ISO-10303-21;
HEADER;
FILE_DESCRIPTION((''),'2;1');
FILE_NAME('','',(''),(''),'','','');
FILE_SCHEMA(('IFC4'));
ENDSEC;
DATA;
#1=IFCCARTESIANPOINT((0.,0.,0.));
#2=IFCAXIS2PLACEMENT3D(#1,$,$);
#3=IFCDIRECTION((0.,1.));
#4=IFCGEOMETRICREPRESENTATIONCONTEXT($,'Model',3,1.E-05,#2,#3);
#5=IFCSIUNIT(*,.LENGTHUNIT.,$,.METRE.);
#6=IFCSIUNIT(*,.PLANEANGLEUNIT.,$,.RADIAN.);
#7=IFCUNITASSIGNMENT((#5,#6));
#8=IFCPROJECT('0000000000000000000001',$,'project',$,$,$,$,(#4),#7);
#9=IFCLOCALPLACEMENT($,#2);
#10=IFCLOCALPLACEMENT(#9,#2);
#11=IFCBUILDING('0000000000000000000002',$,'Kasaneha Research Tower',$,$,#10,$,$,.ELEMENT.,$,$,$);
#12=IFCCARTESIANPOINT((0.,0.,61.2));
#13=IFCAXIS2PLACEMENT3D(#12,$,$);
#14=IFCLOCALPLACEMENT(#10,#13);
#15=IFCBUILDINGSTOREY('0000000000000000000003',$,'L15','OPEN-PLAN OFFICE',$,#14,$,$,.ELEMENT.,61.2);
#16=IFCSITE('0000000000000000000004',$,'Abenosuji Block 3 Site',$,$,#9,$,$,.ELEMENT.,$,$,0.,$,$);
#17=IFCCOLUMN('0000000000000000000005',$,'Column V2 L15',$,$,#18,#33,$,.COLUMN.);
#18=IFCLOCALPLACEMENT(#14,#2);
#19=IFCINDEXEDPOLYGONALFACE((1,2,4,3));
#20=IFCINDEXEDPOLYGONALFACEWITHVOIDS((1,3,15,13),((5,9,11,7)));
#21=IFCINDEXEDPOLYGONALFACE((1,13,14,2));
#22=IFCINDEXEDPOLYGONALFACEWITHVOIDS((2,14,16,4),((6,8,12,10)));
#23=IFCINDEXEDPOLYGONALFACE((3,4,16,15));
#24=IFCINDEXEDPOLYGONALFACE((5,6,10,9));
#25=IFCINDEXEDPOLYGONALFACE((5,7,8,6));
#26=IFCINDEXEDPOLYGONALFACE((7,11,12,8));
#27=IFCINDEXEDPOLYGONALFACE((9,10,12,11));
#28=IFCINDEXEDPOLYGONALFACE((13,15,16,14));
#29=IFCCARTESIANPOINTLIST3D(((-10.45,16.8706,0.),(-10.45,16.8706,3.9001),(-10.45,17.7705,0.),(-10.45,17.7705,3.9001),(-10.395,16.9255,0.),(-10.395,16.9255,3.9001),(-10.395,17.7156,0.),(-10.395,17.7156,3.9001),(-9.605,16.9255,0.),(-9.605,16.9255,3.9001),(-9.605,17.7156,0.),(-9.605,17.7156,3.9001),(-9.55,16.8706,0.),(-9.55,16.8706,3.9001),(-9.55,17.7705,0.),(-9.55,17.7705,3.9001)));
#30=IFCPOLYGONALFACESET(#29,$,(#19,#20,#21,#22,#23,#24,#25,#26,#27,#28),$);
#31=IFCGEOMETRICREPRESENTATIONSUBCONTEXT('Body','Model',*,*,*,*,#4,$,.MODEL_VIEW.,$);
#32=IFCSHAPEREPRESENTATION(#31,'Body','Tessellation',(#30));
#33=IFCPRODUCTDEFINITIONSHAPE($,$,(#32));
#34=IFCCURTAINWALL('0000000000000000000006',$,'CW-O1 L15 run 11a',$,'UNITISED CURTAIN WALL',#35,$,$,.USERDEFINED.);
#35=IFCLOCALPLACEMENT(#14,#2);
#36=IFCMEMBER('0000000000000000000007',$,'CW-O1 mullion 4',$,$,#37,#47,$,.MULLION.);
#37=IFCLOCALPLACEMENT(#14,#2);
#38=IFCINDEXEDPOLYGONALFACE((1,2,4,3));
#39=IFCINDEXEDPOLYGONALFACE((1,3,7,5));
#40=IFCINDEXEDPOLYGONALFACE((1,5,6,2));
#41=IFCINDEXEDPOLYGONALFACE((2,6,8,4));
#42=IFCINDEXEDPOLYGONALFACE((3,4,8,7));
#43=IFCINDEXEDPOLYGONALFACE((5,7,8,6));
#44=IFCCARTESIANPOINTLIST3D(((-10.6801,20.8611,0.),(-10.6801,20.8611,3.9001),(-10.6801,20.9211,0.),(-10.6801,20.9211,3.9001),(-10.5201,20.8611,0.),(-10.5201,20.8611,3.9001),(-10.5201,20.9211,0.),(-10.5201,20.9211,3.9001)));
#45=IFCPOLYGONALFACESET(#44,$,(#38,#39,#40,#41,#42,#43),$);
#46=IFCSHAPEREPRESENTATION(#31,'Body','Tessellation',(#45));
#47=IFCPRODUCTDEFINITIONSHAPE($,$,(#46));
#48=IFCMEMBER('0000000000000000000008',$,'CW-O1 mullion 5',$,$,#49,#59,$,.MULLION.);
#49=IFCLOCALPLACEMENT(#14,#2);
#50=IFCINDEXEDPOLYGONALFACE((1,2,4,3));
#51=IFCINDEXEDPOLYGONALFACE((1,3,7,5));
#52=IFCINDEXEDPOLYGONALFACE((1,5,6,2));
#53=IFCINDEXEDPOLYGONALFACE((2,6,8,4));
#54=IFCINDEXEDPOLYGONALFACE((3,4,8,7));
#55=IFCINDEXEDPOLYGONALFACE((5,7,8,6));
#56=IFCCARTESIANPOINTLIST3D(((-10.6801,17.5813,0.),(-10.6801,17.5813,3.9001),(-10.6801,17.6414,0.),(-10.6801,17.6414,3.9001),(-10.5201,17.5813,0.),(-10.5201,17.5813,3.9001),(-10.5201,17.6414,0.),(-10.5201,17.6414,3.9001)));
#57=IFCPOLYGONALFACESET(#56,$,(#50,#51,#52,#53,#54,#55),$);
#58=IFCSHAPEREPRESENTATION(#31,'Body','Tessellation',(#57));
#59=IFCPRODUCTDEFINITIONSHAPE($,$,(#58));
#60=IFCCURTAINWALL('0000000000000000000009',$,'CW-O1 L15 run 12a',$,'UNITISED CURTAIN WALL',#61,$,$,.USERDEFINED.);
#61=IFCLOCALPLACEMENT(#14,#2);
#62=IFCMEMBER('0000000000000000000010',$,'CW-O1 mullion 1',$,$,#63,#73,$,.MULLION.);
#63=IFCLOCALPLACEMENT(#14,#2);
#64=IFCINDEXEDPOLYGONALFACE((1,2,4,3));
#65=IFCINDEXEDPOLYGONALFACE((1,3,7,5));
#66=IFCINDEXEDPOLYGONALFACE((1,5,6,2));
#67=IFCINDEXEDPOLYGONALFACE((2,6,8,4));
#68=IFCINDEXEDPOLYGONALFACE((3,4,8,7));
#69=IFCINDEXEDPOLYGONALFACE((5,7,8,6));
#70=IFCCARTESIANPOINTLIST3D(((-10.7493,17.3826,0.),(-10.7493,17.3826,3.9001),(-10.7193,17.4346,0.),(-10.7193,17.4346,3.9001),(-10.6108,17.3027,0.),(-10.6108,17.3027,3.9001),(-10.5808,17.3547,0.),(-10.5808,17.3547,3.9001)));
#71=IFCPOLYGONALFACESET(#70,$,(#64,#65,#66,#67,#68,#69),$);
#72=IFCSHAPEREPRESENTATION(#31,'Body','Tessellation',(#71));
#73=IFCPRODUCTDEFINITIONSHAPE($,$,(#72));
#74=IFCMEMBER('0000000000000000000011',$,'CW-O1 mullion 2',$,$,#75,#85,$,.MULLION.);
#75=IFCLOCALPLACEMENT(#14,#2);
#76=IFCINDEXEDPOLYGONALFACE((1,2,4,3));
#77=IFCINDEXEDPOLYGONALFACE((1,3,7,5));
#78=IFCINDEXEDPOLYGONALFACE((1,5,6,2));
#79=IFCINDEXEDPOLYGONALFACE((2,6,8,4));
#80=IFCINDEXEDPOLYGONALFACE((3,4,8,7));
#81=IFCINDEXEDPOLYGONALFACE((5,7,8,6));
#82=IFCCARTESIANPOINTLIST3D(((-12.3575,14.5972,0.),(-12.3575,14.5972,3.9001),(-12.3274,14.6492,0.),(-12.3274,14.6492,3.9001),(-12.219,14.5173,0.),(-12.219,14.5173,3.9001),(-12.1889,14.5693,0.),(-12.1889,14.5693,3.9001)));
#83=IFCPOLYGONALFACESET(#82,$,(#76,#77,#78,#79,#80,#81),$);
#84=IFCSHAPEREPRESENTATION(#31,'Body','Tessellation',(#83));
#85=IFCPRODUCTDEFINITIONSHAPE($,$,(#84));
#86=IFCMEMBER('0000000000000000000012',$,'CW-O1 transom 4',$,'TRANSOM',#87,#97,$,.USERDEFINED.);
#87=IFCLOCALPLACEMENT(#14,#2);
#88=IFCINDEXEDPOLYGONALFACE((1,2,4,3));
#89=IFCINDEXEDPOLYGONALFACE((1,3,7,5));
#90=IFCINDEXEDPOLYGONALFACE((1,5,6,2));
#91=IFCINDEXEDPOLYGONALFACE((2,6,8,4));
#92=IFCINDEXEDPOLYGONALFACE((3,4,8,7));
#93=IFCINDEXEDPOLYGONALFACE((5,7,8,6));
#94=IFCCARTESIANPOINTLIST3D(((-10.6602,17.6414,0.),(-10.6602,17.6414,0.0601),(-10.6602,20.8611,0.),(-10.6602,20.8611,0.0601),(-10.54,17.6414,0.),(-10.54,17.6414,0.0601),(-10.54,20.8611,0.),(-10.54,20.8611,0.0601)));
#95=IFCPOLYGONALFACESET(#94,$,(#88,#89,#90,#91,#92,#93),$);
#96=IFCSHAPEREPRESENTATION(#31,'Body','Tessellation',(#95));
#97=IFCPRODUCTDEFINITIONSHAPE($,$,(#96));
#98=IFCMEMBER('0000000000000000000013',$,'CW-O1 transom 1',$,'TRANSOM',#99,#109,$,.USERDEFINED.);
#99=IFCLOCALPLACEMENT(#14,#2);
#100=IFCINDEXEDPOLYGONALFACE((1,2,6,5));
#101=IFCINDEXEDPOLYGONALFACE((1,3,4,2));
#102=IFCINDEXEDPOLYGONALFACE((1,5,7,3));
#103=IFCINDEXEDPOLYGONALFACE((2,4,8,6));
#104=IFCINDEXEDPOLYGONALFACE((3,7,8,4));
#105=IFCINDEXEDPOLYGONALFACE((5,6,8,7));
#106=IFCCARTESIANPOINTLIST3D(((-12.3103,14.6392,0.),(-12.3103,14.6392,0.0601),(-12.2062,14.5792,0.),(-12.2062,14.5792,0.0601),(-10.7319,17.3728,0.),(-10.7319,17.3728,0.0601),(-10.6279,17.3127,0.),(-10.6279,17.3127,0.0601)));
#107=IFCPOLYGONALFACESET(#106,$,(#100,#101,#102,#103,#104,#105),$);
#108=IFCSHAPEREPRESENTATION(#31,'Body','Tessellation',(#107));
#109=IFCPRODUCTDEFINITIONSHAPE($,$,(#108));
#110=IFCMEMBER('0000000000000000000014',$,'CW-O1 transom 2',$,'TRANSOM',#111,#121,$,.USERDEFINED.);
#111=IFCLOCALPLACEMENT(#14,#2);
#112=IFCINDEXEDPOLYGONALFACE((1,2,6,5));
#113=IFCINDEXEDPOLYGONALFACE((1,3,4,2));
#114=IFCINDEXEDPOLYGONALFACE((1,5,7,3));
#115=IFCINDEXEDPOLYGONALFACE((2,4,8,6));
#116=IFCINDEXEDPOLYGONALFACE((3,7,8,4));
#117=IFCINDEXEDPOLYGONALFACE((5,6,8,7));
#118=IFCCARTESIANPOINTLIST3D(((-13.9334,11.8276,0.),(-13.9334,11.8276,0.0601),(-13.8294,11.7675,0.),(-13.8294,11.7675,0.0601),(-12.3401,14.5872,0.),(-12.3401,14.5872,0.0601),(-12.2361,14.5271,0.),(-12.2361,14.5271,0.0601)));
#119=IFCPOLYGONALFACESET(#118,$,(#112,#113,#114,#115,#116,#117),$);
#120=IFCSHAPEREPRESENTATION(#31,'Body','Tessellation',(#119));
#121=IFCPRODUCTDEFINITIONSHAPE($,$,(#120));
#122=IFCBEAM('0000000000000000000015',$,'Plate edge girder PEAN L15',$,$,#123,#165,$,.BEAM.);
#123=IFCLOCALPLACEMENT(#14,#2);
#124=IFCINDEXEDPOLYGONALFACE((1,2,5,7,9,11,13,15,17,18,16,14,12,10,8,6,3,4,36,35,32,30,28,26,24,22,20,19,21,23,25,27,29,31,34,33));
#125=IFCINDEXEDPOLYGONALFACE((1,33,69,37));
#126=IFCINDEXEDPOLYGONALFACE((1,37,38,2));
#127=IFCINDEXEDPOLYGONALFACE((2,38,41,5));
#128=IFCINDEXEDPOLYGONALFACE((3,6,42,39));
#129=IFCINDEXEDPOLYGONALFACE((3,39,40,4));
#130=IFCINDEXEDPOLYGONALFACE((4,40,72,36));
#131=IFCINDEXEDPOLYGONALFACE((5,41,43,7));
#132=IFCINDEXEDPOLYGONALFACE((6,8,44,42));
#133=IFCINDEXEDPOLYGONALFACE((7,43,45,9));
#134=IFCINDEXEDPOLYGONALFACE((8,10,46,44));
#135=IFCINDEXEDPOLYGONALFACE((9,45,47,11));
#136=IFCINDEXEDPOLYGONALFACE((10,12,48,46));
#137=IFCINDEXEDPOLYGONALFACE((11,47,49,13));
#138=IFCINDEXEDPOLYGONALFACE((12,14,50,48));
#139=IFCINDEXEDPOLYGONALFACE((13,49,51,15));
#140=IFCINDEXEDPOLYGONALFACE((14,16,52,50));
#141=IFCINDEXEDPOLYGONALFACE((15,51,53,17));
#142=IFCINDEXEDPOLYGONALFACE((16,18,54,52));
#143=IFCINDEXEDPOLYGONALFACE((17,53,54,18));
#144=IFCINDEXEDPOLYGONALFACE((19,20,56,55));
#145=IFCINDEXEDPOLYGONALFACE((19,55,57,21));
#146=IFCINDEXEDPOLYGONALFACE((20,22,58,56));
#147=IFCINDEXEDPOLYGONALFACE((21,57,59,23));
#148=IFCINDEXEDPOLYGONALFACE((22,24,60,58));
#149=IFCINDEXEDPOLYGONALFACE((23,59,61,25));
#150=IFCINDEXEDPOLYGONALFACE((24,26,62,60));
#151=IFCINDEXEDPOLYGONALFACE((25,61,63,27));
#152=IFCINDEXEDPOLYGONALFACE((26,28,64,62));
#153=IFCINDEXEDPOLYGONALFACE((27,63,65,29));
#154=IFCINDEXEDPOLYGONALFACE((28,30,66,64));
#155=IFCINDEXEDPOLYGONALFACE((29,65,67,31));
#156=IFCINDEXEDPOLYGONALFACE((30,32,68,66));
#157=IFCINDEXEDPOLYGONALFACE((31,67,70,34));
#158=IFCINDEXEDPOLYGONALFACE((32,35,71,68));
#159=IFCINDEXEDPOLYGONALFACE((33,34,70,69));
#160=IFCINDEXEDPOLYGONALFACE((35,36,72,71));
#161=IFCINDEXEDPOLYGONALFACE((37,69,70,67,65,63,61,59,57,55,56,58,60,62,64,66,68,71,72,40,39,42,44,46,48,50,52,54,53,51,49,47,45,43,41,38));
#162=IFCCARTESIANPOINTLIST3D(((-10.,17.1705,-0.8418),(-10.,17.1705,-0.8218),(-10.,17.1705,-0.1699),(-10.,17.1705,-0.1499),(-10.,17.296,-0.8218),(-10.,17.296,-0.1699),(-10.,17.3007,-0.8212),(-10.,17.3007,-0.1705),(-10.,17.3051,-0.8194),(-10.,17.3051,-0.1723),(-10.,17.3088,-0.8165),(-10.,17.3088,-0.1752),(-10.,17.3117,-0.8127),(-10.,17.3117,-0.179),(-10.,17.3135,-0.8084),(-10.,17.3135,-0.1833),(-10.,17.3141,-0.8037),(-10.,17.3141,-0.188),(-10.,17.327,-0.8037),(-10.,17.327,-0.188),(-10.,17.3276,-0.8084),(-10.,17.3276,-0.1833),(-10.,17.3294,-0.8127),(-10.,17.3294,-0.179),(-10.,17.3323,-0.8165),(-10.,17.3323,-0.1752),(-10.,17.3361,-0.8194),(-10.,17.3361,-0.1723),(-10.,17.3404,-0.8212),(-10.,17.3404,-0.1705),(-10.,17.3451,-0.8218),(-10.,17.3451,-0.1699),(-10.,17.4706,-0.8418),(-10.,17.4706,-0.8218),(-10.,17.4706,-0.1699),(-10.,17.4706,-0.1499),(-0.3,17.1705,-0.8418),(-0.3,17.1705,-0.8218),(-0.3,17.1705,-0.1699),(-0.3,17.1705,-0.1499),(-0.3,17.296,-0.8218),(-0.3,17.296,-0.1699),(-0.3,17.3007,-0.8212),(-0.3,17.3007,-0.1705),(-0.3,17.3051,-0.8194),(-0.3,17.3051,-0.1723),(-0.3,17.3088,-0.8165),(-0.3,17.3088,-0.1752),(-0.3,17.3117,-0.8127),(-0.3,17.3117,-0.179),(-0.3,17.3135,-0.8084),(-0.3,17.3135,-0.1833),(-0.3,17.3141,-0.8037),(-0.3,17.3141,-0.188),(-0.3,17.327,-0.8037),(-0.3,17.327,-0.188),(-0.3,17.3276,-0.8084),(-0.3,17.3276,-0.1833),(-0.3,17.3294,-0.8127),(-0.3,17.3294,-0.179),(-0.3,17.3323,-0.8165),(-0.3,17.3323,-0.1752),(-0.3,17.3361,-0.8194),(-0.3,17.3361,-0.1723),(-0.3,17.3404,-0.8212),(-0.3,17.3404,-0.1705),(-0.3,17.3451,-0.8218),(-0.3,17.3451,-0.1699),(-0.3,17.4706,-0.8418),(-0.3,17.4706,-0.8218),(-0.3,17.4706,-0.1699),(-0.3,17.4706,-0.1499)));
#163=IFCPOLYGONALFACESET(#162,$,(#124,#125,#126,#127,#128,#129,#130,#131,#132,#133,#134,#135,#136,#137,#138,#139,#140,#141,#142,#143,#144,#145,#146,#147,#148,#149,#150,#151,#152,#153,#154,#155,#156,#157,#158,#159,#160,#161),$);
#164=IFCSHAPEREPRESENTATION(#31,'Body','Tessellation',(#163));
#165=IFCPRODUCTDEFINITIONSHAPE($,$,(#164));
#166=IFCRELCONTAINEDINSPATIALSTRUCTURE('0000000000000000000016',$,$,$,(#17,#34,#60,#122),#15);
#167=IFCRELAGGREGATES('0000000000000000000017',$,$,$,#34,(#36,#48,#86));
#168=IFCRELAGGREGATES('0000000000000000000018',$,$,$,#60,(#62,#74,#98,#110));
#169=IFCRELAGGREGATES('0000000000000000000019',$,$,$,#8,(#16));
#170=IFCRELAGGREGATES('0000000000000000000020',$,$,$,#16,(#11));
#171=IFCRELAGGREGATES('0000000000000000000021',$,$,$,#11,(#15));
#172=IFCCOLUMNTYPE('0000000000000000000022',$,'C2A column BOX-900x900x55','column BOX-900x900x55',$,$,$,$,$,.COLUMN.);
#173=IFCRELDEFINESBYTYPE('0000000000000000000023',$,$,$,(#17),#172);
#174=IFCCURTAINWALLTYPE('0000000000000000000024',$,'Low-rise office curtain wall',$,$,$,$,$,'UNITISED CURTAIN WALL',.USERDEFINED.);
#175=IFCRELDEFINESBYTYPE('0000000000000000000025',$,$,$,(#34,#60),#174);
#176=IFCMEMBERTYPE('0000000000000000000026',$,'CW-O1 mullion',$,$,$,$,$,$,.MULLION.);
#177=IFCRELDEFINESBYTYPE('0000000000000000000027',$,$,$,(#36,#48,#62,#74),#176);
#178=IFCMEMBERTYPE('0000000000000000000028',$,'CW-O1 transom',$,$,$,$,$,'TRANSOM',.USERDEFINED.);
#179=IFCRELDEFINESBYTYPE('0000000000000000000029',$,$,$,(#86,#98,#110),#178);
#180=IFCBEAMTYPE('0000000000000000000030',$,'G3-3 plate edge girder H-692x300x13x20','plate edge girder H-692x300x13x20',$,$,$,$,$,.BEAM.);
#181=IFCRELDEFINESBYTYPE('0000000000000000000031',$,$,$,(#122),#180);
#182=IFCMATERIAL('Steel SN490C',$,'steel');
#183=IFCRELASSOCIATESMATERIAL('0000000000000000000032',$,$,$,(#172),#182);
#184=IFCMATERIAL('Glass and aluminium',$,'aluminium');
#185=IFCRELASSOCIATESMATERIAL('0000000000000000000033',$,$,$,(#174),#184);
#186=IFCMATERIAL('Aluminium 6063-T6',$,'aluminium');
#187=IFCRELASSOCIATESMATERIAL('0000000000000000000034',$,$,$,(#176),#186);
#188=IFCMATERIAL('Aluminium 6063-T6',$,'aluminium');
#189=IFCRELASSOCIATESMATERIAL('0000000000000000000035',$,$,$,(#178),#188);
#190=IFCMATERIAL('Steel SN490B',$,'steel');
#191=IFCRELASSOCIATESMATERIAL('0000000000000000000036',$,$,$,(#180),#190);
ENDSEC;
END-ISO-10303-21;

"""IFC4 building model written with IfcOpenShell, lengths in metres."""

from ifc_helpers import new_model, si_unit, direction, frame, origin, origin_2d, place, context, subcontext, project, spatial, rectangle, hollow_rectangle, i_section, extrude, material, material_profile, profile_set, type_object, element, aggregate, save


model = new_model("IFC4")

# Units and contexts
model_context = context("Model", 3, precision=1e-05, world=origin(), true_north=direction((0.0, 1.0)))
body_context = subcontext(model_context, "Body", "Model", "MODEL_VIEW")
ifc_project = project(units=[si_unit("LENGTHUNIT", "METRE"), si_unit("PLANEANGLEUNIT", "RADIAN")], contexts=[model_context])

# Site, building, storey
site_placement = place(None, origin())
site = spatial("IfcSite", under=ifc_project, at=site_placement, Name="Abenosuji Block 3 Site", CompositionType="ELEMENT", RefElevation=0.0)
building_placement = place(site_placement, origin())
building = spatial("IfcBuilding", under=site, at=building_placement, Name="Kasaneha Research Tower", CompositionType="ELEMENT")
storey_placement = place(building_placement, frame((0.0, 0.0, 61.2)))
storey = spatial("IfcBuildingStorey", under=building, at=storey_placement, Name="L15", Description="OPEN-PLAN OFFICE", CompositionType="ELEMENT", Elevation=61.2)

# Column
ifc_material_1 = material(Name="Steel SN490C", Category="steel")
ifc_material_profile_1 = material_profile(ifc_material_1, hollow_rectangle(XDim=0.8999, YDim=0.8999, WallThickness=0.0549, at=origin_2d()), Name="BOX-900x900x55")
ifc_profile_set_1 = profile_set([ifc_material_profile_1], Name="Steel SN490C")
column_type = type_object("IfcColumnType", Name="C2A column BOX-900x900x55", Description="column BOX-900x900x55", PredefinedType="COLUMN", material=ifc_profile_set_1)
column_placement = place(storey_placement, frame((-10.0, 17.3206, 0.0), z_axis=(0.0, 0.0, 1.0), x_axis=(1.0, 0.0, 0.0)))
element("IfcColumn", 1, at=column_placement, inside=storey, type_object=column_type, Name="Column V2 L15", PredefinedType="COLUMN", context=body_context, shape_type="SweptSolid", body=[
    extrude(hollow_rectangle(XDim=0.8999, YDim=0.8999, WallThickness=0.0549, at=origin_2d()), origin(), (0.0, 0.0, 1.0), 3.9001),
])

# Curtain walls, members
ifc_material_2 = material(Name="Glass and aluminium", Category="aluminium")
curtain_wall_type = type_object("IfcCurtainWallType", Name="Low-rise office curtain wall", ElementType="UNITISED CURTAIN WALL", PredefinedType="USERDEFINED", material=ifc_material_2)
curtain_wall_1_placement = place(storey_placement, origin())
curtain_wall_1 = element("IfcCurtainWall", 2, at=curtain_wall_1_placement, inside=storey, type_object=curtain_wall_type, Name="CW-O1 L15 run 11a", ObjectType="UNITISED CURTAIN WALL", PredefinedType="USERDEFINED")
ifc_material_3 = material(Name="Aluminium 6063-T6", Category="aluminium")
ifc_material_profile_2 = material_profile(ifc_material_3, rectangle(XDim=0.0601, YDim=0.1599, at=origin_2d()), Name="CW-O1 mullion 60x160")
ifc_profile_set_2 = profile_set([ifc_material_profile_2], Name="Aluminium 6063-T6")
member_type_1 = type_object("IfcMemberType", Name="CW-O1 mullion", PredefinedType="MULLION", material=ifc_profile_set_2)
member_1_placement = place(storey_placement, frame((-10.6001, 20.8911, 0.0), z_axis=(0.0, 0.0, 1.0), x_axis=(0.0, -1.0, 0.0)))
member_1 = element("IfcMember", 3, at=member_1_placement, type_object=member_type_1, Name="CW-O1 mullion 4", PredefinedType="MULLION", context=body_context, shape_type="SweptSolid", body=[
    extrude(rectangle(XDim=0.0601, YDim=0.1599, at=origin_2d()), origin(), (0.0, 0.0, 1.0), 3.9001),
])
member_2_placement = place(storey_placement, frame((-10.6001, 17.6113, 0.0), z_axis=(0.0, 0.0, 1.0), x_axis=(0.0, -1.0, 0.0)))
member_2 = element("IfcMember", 4, at=member_2_placement, type_object=member_type_1, Name="CW-O1 mullion 5", PredefinedType="MULLION", context=body_context, shape_type="SweptSolid", body=[
    extrude(rectangle(XDim=0.0601, YDim=0.1599, at=origin_2d()), origin(), (0.0, 0.0, 1.0), 3.9001),
])
curtain_wall_2_placement = place(storey_placement, origin())
curtain_wall_2 = element("IfcCurtainWall", 5, at=curtain_wall_2_placement, inside=storey, type_object=curtain_wall_type, Name="CW-O1 L15 run 12a", ObjectType="UNITISED CURTAIN WALL", PredefinedType="USERDEFINED")
member_3_placement = place(storey_placement, frame((-10.665, 17.3687, 0.0), z_axis=(0.0, 0.0, 1.0), x_axis=(-0.5, -0.866025, 0.0)))
member_3 = element("IfcMember", 6, at=member_3_placement, type_object=member_type_1, Name="CW-O1 mullion 1", PredefinedType="MULLION", context=body_context, shape_type="SweptSolid", body=[
    extrude(rectangle(XDim=0.0601, YDim=0.1599, at=origin_2d()), origin(), (0.0, 0.0, 1.0), 3.9001),
])
member_4_placement = place(storey_placement, frame((-12.2732, 14.5833, 0.0), z_axis=(0.0, 0.0, 1.0), x_axis=(-0.5, -0.866025, 0.0)))
member_4 = element("IfcMember", 7, at=member_4_placement, type_object=member_type_1, Name="CW-O1 mullion 2", PredefinedType="MULLION", context=body_context, shape_type="SweptSolid", body=[
    extrude(rectangle(XDim=0.0601, YDim=0.1599, at=origin_2d()), origin(), (0.0, 0.0, 1.0), 3.9001),
])

# Members
ifc_material_4 = material(Name="Aluminium 6063-T6", Category="aluminium")
ifc_material_profile_3 = material_profile(ifc_material_4, rectangle(XDim=0.1201, YDim=0.0601, at=origin_2d()), Name="CW-O1 transom 120x60")
ifc_profile_set_3 = profile_set([ifc_material_profile_3], Name="Aluminium 6063-T6")
member_type_2 = type_object("IfcMemberType", Name="CW-O1 transom", ElementType="TRANSOM", PredefinedType="USERDEFINED", material=ifc_profile_set_3)
member_5_placement = place(storey_placement, frame((-10.6001, 20.8611, 0.03), z_axis=(0.0, -1.0, 0.0), x_axis=(1.0, 0.0, 0.0)))
member_5 = element("IfcMember", 8, at=member_5_placement, type_object=member_type_2, Name="CW-O1 transom 4", ObjectType="TRANSOM", PredefinedType="USERDEFINED", context=body_context, shape_type="SweptSolid", body=[
    extrude(rectangle(XDim=0.1201, YDim=0.0601, at=origin_2d()), origin(), (0.0, 0.0, 1.0), 3.2197),
])
member_6_placement = place(storey_placement, frame((-10.6799, 17.3428, 0.03), z_axis=(-0.500024, -0.866012, 0.0), x_axis=(0.866012, -0.500024, 0.0)))
member_6 = element("IfcMember", 9, at=member_6_placement, type_object=member_type_2, Name="CW-O1 transom 1", ObjectType="TRANSOM", PredefinedType="USERDEFINED", context=body_context, shape_type="SweptSolid", body=[
    extrude(rectangle(XDim=0.1201, YDim=0.0601, at=origin_2d()), origin(), (0.0, 0.0, 1.0), 3.1565),
])
member_7_placement = place(storey_placement, frame((-12.2881, 14.5571, 0.03), z_axis=(-0.500012, -0.866018, 0.0), x_axis=(0.866018, -0.500012, 0.0)))
member_7 = element("IfcMember", 10, at=member_7_placement, type_object=member_type_2, Name="CW-O1 transom 2", ObjectType="TRANSOM", PredefinedType="USERDEFINED", context=body_context, shape_type="SweptSolid", body=[
    extrude(rectangle(XDim=0.1201, YDim=0.0601, at=origin_2d()), origin(), (0.0, 0.0, 1.0), 3.1865),
])

# Beam
ifc_material_5 = material(Name="Steel SN490B", Category="steel")
ifc_material_profile_4 = material_profile(ifc_material_5, i_section(OverallWidth=0.3, OverallDepth=0.6919, WebThickness=0.0129, FlangeThickness=0.02, FilletRadius=0.0181, at=origin_2d()), Name="H-692x300x13x20")
ifc_profile_set_4 = profile_set([ifc_material_profile_4], Name="Steel SN490B")
beam_type_1 = type_object("IfcBeamType", Name="G3-3 plate edge girder H-692x300x13x20", Description="plate edge girder H-692x300x13x20", PredefinedType="BEAM", material=ifc_profile_set_4)
beam_1_placement = place(storey_placement, frame((-10.0, 17.3206, -0.4958), z_axis=(1.0, 0.0, 0.0), x_axis=(0.0, 1.0, 0.0)))
element("IfcBeam", 11, at=beam_1_placement, inside=storey, type_object=beam_type_1, Name="Plate edge girder PEAN L15", PredefinedType="BEAM", context=body_context, shape_type="SweptSolid", body=[
    extrude(i_section(OverallWidth=0.3, OverallDepth=0.6919, WebThickness=0.0129, FlangeThickness=0.02, FilletRadius=0.0181, at=origin_2d()), origin(), (0.0, 0.0, 1.0), 9.7),
])

aggregate(curtain_wall_1, [member_1, member_2, member_5])
aggregate(curtain_wall_2, [member_3, member_4, member_6, member_7])

save(model, "model.ifc")
